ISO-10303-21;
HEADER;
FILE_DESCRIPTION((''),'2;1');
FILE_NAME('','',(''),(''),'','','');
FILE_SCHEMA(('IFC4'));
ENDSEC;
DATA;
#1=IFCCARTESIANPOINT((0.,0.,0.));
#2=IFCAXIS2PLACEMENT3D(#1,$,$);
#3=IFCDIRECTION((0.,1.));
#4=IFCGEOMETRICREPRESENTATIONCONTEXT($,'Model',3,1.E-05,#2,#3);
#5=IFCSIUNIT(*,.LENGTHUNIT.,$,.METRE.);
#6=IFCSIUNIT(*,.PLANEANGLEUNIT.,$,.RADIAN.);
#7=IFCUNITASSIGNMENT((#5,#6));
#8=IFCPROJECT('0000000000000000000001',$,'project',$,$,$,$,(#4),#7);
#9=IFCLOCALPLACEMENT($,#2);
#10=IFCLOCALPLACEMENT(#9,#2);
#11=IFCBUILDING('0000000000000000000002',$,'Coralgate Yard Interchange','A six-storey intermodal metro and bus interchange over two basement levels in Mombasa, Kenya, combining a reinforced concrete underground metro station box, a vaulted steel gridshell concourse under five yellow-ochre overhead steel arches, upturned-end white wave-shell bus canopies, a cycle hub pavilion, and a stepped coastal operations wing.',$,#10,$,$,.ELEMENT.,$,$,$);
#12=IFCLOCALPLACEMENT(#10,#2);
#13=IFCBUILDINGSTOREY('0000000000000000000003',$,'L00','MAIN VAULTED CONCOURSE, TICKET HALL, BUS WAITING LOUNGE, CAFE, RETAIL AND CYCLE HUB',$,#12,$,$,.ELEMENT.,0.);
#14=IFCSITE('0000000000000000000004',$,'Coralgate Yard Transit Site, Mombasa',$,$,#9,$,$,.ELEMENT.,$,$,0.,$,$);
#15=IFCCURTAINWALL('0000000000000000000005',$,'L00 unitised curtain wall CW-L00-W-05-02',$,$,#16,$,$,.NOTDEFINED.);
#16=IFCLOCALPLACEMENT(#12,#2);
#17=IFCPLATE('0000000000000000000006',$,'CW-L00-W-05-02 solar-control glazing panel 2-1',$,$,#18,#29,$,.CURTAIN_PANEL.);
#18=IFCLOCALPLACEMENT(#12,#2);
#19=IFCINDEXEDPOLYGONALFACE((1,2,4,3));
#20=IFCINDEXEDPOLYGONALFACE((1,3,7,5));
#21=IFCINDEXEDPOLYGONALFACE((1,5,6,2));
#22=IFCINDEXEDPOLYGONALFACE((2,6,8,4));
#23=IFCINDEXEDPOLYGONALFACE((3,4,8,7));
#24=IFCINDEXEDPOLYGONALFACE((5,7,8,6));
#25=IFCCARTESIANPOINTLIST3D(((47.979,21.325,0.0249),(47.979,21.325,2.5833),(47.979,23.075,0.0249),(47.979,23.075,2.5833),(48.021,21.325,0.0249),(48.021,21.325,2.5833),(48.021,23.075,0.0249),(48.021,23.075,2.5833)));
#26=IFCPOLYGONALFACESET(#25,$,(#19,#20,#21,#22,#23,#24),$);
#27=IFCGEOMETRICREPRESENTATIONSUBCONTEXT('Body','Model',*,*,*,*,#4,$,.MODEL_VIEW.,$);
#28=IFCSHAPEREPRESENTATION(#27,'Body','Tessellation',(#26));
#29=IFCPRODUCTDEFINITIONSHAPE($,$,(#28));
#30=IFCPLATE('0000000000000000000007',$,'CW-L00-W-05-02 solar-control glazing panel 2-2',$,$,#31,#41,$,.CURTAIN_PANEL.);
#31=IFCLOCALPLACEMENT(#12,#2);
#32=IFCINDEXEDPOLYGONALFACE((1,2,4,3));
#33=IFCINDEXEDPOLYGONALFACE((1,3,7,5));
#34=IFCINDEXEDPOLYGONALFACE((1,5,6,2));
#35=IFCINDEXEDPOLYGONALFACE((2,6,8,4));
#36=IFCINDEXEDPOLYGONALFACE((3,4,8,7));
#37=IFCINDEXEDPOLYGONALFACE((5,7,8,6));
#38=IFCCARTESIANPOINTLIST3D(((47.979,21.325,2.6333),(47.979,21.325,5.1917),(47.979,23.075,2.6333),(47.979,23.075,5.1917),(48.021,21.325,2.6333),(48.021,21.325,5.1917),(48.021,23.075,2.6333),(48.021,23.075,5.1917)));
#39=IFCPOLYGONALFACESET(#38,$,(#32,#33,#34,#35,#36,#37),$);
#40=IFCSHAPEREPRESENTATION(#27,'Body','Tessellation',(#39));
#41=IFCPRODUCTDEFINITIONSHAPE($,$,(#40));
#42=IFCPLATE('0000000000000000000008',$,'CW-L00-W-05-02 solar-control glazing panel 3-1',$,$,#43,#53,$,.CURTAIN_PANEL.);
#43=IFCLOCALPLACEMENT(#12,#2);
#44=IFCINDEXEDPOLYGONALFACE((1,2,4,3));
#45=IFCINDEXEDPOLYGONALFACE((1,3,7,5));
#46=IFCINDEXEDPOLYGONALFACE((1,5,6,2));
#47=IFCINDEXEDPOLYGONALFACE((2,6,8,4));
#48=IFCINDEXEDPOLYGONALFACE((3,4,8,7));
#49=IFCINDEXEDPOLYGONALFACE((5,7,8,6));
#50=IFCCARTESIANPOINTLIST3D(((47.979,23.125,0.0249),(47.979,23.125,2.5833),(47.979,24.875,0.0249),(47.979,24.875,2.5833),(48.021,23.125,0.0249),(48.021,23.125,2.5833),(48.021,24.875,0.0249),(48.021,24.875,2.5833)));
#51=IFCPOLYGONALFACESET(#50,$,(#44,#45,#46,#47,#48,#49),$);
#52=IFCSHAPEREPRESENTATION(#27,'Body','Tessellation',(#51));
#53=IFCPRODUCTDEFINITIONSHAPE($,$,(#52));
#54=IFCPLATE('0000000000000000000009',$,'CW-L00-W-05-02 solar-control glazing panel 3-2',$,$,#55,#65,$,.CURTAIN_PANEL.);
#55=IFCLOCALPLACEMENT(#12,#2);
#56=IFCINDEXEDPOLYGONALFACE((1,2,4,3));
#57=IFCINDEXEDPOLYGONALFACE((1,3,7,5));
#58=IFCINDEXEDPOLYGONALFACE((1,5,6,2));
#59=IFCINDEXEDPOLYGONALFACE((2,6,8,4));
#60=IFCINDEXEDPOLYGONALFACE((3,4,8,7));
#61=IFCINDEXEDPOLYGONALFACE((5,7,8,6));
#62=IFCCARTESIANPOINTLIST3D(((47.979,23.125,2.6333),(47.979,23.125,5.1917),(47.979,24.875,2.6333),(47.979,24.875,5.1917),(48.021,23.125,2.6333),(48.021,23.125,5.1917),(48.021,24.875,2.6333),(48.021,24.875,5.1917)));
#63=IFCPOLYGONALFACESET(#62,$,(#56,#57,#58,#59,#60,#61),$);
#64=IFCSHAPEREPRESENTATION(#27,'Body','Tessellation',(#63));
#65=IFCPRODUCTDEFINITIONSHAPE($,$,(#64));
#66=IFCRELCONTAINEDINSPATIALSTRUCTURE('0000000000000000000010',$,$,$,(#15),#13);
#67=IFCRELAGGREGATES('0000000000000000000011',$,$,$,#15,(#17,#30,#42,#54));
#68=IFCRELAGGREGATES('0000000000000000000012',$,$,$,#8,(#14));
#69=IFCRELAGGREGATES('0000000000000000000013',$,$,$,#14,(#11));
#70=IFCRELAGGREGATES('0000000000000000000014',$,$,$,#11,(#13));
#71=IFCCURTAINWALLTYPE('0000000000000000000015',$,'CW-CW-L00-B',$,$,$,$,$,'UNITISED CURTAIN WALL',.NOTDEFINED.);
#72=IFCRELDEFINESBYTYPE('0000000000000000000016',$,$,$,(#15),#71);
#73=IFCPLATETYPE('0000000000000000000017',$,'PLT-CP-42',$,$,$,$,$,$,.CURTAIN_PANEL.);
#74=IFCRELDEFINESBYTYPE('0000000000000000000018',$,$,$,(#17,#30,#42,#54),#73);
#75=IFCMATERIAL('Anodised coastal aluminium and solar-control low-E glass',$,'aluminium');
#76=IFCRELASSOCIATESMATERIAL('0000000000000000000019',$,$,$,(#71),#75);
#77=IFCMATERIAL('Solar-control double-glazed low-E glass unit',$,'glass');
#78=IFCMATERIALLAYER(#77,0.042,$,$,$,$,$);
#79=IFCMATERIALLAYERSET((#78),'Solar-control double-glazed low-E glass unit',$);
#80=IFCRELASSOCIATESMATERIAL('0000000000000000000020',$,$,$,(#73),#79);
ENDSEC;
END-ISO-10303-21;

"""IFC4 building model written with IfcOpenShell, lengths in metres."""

from ifc_helpers import new_model, si_unit, direction, frame, origin, origin_2d, place, context, subcontext, project, spatial, rectangle, extrude, material, layer, layer_set, type_object, element, aggregate, save


model = new_model("IFC4")

# Units and contexts
model_context = context("Model", 3, precision=1e-05, world=origin(), true_north=direction((0.0, 1.0)))
body_context = subcontext(model_context, "Body", "Model", "MODEL_VIEW")
ifc_project = project(units=[si_unit("LENGTHUNIT", "METRE"), si_unit("PLANEANGLEUNIT", "RADIAN")], contexts=[model_context])

# Site, building, storey
site_placement = place(None, origin())
site = spatial("IfcSite", under=ifc_project, at=site_placement, Name="Coralgate Yard Transit Site, Mombasa", CompositionType="ELEMENT", RefElevation=0.0)
building_placement = place(site_placement, origin())
building = spatial("IfcBuilding", under=site, at=building_placement, Name="Coralgate Yard Interchange", Description="A six-storey intermodal metro and bus interchange over two basement levels in Mombasa, Kenya, combining a reinforced concrete underground metro station box, a vaulted steel gridshell concourse under five yellow-ochre overhead steel arches, upturned-end white wave-shell bus canopies, a cycle hub pavilion, and a stepped coastal operations wing.", CompositionType="ELEMENT")
storey_placement = place(building_placement, origin())
storey = spatial("IfcBuildingStorey", under=building, at=storey_placement, Name="L00", Description="MAIN VAULTED CONCOURSE, TICKET HALL, BUS WAITING LOUNGE, CAFE, RETAIL AND CYCLE HUB", CompositionType="ELEMENT", Elevation=0.0)

# Shared definitions
ifc_material_1 = material(Name="Anodised coastal aluminium and solar-control low-E glass", Category="aluminium")
curtain_wall_type = type_object("IfcCurtainWallType", Name="CW-CW-L00-B", ElementType="UNITISED CURTAIN WALL", PredefinedType="NOTDEFINED", material=ifc_material_1)

# Curtain wall
curtain_wall_1_placement = place(storey_placement, origin())
curtain_wall_1 = element("IfcCurtainWall", 1, at=curtain_wall_1_placement, inside=storey, type_object=curtain_wall_type, Name="L00 unitised curtain wall CW-L00-W-05-02", PredefinedType="NOTDEFINED")

# Plates
ifc_material_2 = material(Name="Solar-control double-glazed low-E glass unit", Category="glass")
ifc_layer = layer(ifc_material_2, 0.042)
ifc_layer_set = layer_set([ifc_layer], Name="Solar-control double-glazed low-E glass unit")
plate_type = type_object("IfcPlateType", Name="PLT-CP-42", PredefinedType="CURTAIN_PANEL", material=ifc_layer_set)
plate_1_placement = place(storey_placement, frame((48.0, 22.2, 0.0249), z_axis=(0.0, 0.0, 1.0), x_axis=(0.0, 1.0, 0.0)))
plate_1 = element("IfcPlate", 2, at=plate_1_placement, type_object=plate_type, Name="CW-L00-W-05-02 solar-control glazing panel 2-1", PredefinedType="CURTAIN_PANEL", context=body_context, shape_type="SweptSolid", body=[
    extrude(rectangle(XDim=1.75, YDim=0.042, at=origin_2d()), origin(), (0.0, 0.0, 1.0), 2.5583),
])
plate_2_placement = place(storey_placement, frame((48.0, 22.2, 2.6333), z_axis=(0.0, 0.0, 1.0), x_axis=(0.0, 1.0, 0.0)))
plate_2 = element("IfcPlate", 3, at=plate_2_placement, type_object=plate_type, Name="CW-L00-W-05-02 solar-control glazing panel 2-2", PredefinedType="CURTAIN_PANEL", context=body_context, shape_type="SweptSolid", body=[
    extrude(rectangle(XDim=1.75, YDim=0.042, at=origin_2d()), origin(), (0.0, 0.0, 1.0), 2.5583),
])
plate_3_placement = place(storey_placement, frame((48.0, 24.0, 0.0249), z_axis=(0.0, 0.0, 1.0), x_axis=(0.0, 1.0, 0.0)))
plate_3 = element("IfcPlate", 4, at=plate_3_placement, type_object=plate_type, Name="CW-L00-W-05-02 solar-control glazing panel 3-1", PredefinedType="CURTAIN_PANEL", context=body_context, shape_type="SweptSolid", body=[
    extrude(rectangle(XDim=1.75, YDim=0.042, at=origin_2d()), origin(), (0.0, 0.0, 1.0), 2.5583),
])
plate_4_placement = place(storey_placement, frame((48.0, 24.0, 2.6333), z_axis=(0.0, 0.0, 1.0), x_axis=(0.0, 1.0, 0.0)))
plate_4 = element("IfcPlate", 5, at=plate_4_placement, type_object=plate_type, Name="CW-L00-W-05-02 solar-control glazing panel 3-2", PredefinedType="CURTAIN_PANEL", context=body_context, shape_type="SweptSolid", body=[
    extrude(rectangle(XDim=1.75, YDim=0.042, at=origin_2d()), origin(), (0.0, 0.0, 1.0), 2.5583),
])
aggregate(curtain_wall_1, [plate_1, plate_2, plate_3, plate_4])

save(model, "model.ifc")
